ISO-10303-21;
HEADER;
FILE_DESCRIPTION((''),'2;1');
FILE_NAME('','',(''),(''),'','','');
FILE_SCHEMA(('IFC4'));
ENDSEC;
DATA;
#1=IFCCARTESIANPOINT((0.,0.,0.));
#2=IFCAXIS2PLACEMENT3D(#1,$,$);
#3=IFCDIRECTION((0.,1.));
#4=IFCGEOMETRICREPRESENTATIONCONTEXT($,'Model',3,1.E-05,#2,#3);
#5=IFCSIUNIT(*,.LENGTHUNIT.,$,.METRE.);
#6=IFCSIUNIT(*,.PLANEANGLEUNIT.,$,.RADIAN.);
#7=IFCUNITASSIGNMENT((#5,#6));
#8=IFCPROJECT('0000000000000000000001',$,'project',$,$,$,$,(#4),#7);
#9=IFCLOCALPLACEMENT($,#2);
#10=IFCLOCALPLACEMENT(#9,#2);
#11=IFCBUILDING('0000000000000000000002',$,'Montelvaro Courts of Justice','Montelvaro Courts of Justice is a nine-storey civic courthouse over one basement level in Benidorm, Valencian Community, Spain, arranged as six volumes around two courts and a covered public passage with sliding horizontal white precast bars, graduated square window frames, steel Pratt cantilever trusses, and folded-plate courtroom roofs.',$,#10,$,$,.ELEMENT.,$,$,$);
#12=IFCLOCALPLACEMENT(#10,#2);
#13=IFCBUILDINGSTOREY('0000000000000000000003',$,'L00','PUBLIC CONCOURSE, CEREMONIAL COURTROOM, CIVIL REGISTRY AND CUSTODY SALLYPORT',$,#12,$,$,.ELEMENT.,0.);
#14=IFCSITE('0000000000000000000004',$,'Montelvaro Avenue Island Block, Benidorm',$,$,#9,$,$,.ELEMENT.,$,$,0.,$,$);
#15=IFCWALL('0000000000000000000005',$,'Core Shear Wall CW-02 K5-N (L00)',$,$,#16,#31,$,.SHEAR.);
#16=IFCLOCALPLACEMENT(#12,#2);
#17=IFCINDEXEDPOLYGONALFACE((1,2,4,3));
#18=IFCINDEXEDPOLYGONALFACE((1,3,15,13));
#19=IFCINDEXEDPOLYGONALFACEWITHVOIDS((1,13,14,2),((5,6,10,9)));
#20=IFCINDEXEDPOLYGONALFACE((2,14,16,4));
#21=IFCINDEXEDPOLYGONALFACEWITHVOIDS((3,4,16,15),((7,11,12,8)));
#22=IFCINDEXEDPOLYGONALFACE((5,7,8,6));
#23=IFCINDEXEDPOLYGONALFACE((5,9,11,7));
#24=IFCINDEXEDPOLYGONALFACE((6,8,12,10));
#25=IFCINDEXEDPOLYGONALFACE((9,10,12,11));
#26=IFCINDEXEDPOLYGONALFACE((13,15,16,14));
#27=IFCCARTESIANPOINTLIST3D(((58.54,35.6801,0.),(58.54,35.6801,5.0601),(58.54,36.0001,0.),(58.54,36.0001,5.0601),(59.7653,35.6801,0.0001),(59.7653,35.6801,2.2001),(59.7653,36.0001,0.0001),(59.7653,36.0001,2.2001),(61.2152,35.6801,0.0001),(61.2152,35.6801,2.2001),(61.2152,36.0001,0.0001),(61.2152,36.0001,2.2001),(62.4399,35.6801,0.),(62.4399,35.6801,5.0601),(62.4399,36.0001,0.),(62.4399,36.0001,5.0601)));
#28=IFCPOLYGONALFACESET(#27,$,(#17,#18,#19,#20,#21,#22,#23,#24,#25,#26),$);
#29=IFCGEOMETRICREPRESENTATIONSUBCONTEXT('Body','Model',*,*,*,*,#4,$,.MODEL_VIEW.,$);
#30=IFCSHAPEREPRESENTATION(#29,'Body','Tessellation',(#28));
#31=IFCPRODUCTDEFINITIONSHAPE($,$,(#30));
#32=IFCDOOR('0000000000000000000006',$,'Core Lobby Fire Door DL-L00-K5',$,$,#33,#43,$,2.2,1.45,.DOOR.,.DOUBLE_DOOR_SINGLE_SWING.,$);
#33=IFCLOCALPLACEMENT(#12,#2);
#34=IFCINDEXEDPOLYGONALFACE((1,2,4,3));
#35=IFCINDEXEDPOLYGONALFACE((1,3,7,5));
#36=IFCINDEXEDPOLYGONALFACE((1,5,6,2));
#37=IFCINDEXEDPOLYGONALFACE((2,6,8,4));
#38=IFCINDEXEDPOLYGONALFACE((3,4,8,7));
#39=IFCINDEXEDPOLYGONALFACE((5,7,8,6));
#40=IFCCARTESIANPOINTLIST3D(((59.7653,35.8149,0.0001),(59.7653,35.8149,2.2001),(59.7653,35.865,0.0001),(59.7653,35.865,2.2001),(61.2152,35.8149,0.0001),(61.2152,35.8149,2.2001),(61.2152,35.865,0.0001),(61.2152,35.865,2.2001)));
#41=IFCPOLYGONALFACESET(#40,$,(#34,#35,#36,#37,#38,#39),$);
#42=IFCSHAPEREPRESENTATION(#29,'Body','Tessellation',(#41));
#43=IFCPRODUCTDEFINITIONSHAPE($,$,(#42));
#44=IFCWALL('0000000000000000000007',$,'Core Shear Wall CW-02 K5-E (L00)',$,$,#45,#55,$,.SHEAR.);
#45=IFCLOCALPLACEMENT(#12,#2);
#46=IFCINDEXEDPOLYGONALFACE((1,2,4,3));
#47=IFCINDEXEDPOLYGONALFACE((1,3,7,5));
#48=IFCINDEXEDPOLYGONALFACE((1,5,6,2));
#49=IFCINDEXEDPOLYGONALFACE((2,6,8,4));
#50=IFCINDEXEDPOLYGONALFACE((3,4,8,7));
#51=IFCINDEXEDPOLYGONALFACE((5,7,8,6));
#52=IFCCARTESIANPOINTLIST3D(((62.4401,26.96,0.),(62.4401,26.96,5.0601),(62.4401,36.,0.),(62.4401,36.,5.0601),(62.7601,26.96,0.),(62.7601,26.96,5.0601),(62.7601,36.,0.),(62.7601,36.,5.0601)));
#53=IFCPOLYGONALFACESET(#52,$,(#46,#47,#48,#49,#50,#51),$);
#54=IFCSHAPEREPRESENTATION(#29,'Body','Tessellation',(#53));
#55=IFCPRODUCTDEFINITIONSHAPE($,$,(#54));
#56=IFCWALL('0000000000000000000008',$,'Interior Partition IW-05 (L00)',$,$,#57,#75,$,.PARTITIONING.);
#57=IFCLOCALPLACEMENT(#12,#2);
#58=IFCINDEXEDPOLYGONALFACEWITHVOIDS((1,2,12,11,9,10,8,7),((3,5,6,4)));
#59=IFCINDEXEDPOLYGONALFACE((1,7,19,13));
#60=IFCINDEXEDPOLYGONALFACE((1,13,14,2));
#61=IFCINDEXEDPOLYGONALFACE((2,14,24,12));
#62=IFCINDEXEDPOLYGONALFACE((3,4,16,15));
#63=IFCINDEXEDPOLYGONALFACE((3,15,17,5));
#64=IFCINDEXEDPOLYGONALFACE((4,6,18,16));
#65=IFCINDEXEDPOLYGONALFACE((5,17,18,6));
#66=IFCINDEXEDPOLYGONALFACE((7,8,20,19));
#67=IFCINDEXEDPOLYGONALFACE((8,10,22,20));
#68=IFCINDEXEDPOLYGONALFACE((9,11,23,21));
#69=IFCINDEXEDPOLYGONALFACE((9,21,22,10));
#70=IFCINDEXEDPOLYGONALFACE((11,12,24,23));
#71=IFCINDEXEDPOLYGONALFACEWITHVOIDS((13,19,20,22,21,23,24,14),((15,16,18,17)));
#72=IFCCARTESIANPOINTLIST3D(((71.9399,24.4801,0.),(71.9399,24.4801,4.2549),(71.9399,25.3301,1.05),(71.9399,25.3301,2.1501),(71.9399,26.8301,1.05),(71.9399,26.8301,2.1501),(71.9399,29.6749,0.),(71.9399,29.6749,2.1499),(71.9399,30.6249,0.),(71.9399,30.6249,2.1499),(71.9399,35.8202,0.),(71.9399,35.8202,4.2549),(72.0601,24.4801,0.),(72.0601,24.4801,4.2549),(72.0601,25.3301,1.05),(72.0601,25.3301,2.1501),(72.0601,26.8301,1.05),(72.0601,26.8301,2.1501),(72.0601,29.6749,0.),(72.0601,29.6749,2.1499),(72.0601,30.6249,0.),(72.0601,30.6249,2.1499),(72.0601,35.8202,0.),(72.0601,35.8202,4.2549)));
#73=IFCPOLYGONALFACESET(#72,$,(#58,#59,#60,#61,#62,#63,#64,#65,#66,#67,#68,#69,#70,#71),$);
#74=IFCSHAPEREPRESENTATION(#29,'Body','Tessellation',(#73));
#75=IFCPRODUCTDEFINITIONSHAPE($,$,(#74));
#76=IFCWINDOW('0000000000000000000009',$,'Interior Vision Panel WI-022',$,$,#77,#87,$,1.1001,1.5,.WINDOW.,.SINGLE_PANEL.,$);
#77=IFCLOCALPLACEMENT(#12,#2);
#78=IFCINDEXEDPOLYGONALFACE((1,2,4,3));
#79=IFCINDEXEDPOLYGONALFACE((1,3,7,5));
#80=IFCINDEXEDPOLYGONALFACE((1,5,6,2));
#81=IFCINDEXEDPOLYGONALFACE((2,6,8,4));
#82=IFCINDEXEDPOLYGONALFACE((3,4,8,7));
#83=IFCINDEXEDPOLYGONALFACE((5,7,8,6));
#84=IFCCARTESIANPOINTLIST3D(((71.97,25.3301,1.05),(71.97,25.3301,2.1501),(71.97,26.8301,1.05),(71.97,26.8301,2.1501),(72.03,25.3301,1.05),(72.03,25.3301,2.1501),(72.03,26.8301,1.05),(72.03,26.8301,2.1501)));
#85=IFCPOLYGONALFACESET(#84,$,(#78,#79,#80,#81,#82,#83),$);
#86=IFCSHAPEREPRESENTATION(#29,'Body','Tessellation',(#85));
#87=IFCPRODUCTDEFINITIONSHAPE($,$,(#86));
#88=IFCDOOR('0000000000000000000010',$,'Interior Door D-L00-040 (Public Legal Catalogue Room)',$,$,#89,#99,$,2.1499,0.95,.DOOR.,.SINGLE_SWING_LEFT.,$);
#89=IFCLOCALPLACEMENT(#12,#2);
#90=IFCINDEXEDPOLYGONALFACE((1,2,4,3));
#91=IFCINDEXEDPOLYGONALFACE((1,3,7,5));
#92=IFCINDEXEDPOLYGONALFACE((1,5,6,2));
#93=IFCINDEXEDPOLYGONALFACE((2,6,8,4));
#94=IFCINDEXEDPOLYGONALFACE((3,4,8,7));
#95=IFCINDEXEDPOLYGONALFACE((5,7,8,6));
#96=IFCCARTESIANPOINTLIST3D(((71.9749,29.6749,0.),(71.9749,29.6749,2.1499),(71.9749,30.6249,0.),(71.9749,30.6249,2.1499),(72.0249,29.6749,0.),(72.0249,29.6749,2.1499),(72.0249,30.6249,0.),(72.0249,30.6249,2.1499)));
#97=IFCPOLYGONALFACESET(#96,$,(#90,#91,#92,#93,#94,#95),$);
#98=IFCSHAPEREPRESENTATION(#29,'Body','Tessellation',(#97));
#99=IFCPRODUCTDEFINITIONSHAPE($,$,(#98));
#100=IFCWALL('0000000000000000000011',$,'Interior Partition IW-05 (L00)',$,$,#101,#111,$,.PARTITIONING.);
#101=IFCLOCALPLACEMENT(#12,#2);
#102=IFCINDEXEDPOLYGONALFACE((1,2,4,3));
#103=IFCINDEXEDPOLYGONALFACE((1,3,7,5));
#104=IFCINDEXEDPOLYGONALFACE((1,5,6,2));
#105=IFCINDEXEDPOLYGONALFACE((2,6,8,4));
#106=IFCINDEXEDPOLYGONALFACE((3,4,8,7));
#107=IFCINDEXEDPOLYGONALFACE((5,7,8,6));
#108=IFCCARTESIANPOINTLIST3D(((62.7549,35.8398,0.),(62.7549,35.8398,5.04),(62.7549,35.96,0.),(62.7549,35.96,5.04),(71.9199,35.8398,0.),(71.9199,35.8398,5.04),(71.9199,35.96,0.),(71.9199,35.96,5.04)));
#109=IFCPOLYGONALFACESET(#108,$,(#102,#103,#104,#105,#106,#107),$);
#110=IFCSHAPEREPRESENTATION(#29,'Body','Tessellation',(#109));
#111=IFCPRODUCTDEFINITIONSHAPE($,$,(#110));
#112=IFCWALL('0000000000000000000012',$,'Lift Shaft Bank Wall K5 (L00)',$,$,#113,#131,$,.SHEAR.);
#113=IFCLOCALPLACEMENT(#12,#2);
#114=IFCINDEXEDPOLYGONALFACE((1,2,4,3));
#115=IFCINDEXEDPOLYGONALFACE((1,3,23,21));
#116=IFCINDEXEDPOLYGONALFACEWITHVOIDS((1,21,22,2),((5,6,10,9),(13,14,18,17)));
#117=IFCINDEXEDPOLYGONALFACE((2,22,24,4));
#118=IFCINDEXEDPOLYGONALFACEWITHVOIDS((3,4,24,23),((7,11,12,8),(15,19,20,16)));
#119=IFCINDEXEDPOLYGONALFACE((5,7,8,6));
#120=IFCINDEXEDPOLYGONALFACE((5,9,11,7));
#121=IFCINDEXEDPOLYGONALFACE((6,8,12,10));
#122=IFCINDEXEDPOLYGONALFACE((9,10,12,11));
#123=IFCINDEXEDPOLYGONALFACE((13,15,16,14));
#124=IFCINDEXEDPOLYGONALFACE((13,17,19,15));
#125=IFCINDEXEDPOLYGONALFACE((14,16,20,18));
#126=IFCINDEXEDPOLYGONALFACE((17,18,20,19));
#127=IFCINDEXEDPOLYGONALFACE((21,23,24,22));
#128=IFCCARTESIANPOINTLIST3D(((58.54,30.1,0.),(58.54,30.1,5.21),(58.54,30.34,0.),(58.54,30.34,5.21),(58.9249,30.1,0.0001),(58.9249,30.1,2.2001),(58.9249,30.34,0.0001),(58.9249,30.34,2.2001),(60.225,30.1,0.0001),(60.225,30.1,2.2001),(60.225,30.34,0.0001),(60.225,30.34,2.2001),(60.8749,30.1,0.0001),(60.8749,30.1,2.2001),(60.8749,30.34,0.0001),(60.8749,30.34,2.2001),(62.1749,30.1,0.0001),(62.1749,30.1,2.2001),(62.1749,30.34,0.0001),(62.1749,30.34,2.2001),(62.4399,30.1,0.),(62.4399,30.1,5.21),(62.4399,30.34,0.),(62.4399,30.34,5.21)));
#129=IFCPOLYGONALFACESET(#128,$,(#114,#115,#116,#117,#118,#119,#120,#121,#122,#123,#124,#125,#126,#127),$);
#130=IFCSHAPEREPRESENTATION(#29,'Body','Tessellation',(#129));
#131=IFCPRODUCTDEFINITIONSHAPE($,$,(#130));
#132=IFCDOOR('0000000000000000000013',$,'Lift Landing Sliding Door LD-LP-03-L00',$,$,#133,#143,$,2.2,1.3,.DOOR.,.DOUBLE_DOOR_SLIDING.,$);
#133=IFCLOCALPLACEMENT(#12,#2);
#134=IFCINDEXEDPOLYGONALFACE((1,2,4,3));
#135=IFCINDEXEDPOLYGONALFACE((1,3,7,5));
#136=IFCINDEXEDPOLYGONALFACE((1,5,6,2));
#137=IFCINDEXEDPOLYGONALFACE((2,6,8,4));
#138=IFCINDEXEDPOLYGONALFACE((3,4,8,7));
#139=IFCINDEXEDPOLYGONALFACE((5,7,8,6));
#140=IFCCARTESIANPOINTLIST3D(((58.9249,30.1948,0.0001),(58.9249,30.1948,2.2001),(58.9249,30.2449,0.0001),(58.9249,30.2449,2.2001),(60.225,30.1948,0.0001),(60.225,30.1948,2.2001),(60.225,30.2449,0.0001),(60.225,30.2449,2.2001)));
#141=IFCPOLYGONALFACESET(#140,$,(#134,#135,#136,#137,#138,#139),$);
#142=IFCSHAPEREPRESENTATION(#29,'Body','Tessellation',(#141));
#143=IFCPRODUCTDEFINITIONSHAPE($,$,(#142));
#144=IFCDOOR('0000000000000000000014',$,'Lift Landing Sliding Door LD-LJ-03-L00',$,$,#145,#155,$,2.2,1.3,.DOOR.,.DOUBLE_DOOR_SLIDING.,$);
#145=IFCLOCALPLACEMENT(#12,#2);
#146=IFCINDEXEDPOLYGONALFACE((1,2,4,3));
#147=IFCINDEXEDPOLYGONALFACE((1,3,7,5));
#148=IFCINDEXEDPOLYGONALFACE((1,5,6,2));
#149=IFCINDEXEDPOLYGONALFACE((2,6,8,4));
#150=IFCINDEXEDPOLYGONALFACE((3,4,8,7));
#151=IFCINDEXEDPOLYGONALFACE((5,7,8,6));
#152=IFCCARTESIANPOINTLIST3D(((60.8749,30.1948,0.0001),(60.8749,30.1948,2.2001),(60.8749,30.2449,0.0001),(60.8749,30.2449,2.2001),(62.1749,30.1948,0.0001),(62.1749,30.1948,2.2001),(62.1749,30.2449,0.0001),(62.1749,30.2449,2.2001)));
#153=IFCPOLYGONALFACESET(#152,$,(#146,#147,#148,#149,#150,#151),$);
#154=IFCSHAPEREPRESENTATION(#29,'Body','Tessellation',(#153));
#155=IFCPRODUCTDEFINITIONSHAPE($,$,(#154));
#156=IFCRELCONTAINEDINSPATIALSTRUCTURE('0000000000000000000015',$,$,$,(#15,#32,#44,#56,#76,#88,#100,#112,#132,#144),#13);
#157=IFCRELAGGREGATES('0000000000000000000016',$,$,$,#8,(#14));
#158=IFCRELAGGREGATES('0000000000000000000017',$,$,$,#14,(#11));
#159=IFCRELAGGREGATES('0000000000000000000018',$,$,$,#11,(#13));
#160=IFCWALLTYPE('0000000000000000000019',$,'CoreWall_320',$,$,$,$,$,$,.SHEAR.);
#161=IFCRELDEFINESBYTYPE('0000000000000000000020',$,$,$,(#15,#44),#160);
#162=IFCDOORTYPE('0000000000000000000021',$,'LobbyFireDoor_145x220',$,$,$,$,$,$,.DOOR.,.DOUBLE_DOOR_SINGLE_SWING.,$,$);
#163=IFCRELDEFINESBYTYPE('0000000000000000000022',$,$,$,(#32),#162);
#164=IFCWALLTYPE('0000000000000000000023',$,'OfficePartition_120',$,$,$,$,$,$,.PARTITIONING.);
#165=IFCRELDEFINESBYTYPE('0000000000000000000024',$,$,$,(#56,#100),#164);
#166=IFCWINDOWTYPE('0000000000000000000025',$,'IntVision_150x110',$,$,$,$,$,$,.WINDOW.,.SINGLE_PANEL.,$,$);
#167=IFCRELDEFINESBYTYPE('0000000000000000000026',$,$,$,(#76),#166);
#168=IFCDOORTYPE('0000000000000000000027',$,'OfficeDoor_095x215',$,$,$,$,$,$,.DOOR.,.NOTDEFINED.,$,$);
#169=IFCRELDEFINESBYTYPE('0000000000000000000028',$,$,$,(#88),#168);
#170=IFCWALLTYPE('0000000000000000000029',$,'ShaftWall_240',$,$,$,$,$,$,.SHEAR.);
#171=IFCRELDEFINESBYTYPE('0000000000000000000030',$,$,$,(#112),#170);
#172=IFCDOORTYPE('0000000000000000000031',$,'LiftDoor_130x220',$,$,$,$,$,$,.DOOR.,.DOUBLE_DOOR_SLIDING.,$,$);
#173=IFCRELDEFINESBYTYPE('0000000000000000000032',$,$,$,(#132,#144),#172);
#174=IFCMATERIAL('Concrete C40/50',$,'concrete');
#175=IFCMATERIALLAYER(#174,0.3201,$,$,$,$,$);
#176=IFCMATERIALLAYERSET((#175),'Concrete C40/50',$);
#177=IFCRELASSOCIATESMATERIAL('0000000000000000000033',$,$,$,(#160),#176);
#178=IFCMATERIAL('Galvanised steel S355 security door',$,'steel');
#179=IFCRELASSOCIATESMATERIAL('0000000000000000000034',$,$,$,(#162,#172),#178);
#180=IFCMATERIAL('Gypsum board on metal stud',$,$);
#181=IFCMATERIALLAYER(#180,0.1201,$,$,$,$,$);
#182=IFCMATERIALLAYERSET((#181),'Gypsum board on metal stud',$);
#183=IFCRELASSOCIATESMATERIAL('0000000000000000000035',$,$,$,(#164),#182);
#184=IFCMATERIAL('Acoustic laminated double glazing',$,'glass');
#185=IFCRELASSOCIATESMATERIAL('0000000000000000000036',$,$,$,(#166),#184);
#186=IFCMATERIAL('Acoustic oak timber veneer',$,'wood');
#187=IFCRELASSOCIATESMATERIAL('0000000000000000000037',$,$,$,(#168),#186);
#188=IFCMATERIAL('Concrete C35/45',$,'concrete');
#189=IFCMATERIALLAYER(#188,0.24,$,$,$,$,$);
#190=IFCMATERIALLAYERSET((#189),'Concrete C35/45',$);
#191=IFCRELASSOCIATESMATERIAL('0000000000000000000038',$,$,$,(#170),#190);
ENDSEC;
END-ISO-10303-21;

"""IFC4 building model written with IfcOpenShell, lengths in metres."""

from ifc_helpers import new_model, si_unit, direction, frame, frame_2d, origin, place, context, subcontext, project, spatial, rectangle, extrude, material, layer, layer_set, type_object, element, fill, save


model = new_model("IFC4")

# Units and contexts
model_context = context("Model", 3, precision=1e-05, world=origin(), true_north=direction((0.0, 1.0)))
body_context = subcontext(model_context, "Body", "Model", "MODEL_VIEW")
ifc_project = project(units=[si_unit("LENGTHUNIT", "METRE"), si_unit("PLANEANGLEUNIT", "RADIAN")], contexts=[model_context])

# Site, building, storey
site_placement = place(None, origin())
site = spatial("IfcSite", under=ifc_project, at=site_placement, Name="Montelvaro Avenue Island Block, Benidorm", CompositionType="ELEMENT", RefElevation=0.0)
building_placement = place(site_placement, origin())
building = spatial("IfcBuilding", under=site, at=building_placement, Name="Montelvaro Courts of Justice", Description="Montelvaro Courts of Justice is a nine-storey civic courthouse over one basement level in Benidorm, Valencian Community, Spain, arranged as six volumes around two courts and a covered public passage with sliding horizontal white precast bars, graduated square window frames, steel Pratt cantilever trusses, and folded-plate courtroom roofs.", CompositionType="ELEMENT")
storey_placement = place(building_placement, origin())
storey = spatial("IfcBuildingStorey", under=building, at=storey_placement, Name="L00", Description="PUBLIC CONCOURSE, CEREMONIAL COURTROOM, CIVIL REGISTRY AND CUSTODY SALLYPORT", CompositionType="ELEMENT", Elevation=0.0)

# Wall, opening, door
ifc_material_1 = material(Name="Concrete C40/50", Category="concrete")
ifc_layer_1 = layer(ifc_material_1, 0.3201)
ifc_layer_set_1 = layer_set([ifc_layer_1], Name="Concrete C40/50")
wall_type_1 = type_object("IfcWallType", Name="CoreWall_320", PredefinedType="SHEAR", material=ifc_layer_set_1)
wall_1_placement = place(storey_placement, frame((58.54, 35.8401, 0.0), z_axis=(0.0, 0.0, 1.0), x_axis=(1.0, 0.0, 0.0)))
wall_1 = element("IfcWall", 1, at=wall_1_placement, inside=storey, type_object=wall_type_1, Name="Core Shear Wall CW-02 K5-N (L00)", PredefinedType="SHEAR", context=body_context, shape_type="SweptSolid", body=[
    extrude(rectangle(XDim=3.8999, YDim=0.3201, at=frame_2d((1.95, 0.0))), origin(), (0.0, 0.0, 1.0), 5.0601),
])
opening_1_placement = place(wall_1_placement, frame((1.2251, 0.0, 0.0)))
opening_1 = element("IfcOpeningElement", 2, at=opening_1_placement, cuts=wall_1, PredefinedType="OPENING", context=body_context, shape_type="SweptSolid", body=[
    extrude(rectangle(XDim=1.45, YDim=2.2, at=frame_2d((0.7251, 1.1001))), frame((0.0, 0.1748, 0.0), z_axis=(0.0, -1.0, 0.0), x_axis=(1.0, 0.0, 0.0)), (0.0, 0.0, 1.0), 0.3499),
])
ifc_material_2 = material(Name="Galvanised steel S355 security door", Category="steel")
door_type_1 = type_object("IfcDoorType", Name="LobbyFireDoor_145x220", OperationType="DOUBLE_DOOR_SINGLE_SWING", PredefinedType="DOOR", material=ifc_material_2)
door_1_placement = place(opening_1_placement, origin())
door_1 = element("IfcDoor", 3, at=door_1_placement, inside=storey, type_object=door_type_1, Name="Core Lobby Fire Door DL-L00-K5", OperationType="DOUBLE_DOOR_SINGLE_SWING", OverallHeight=2.2, OverallWidth=1.45, PredefinedType="DOOR", context=body_context, shape_type="SweptSolid", body=[
    extrude(rectangle(XDim=1.45, YDim=2.2, at=frame_2d((0.7251, 1.1001))), frame((0.0, 0.0249, 0.0), z_axis=(0.0, -1.0, 0.0), x_axis=(1.0, 0.0, 0.0)), (0.0, 0.0, 1.0), 0.05),
])
fill(opening_1, door_1)

# Wall
wall_2_placement = place(storey_placement, frame((62.6001, 26.96, 0.0), z_axis=(0.0, 0.0, 1.0), x_axis=(0.0, 1.0, 0.0)))
element("IfcWall", 4, at=wall_2_placement, inside=storey, type_object=wall_type_1, Name="Core Shear Wall CW-02 K5-E (L00)", PredefinedType="SHEAR", context=body_context, shape_type="SweptSolid", body=[
    extrude(rectangle(XDim=9.04, YDim=0.3201, at=frame_2d((4.52, 0.0))), origin(), (0.0, 0.0, 1.0), 5.0601),
])

# Wall, openings, window, door
ifc_material_3 = material(Name="Gypsum board on metal stud")
ifc_layer_2 = layer(ifc_material_3, 0.1201)
ifc_layer_set_2 = layer_set([ifc_layer_2], Name="Gypsum board on metal stud")
wall_type_2 = type_object("IfcWallType", Name="OfficePartition_120", PredefinedType="PARTITIONING", material=ifc_layer_set_2)
wall_3_placement = place(storey_placement, frame((72.0, 35.8201, 0.0), z_axis=(0.0, 0.0, 1.0), x_axis=(0.0, -1.0, 0.0)))
wall_3 = element("IfcWall", 5, at=wall_3_placement, inside=storey, type_object=wall_type_2, Name="Interior Partition IW-05 (L00)", PredefinedType="PARTITIONING", context=body_context, shape_type="SweptSolid", body=[
    extrude(rectangle(XDim=11.3401, YDim=0.1201, at=frame_2d((5.6699, 0.0))), origin(), (0.0, 0.0, 1.0), 4.2549),
])
opening_2_placement = place(wall_3_placement, frame((5.1951, 0.0, 0.0)))
opening_2 = element("IfcOpeningElement", 6, at=opening_2_placement, cuts=wall_3, PredefinedType="OPENING", context=body_context, shape_type="SweptSolid", body=[
    extrude(rectangle(XDim=0.95, YDim=2.1499, at=frame_2d((0.4751, 1.075))), frame((0.0, 0.075, 0.0), z_axis=(0.0, -1.0, 0.0), x_axis=(1.0, 0.0, 0.0)), (0.0, 0.0, 1.0), 0.1499),
])
opening_3_placement = place(wall_3_placement, frame((8.99, 0.0, 1.05)))
opening_3 = element("IfcOpeningElement", 7, at=opening_3_placement, cuts=wall_3, PredefinedType="OPENING", context=body_context, shape_type="SweptSolid", body=[
    extrude(rectangle(XDim=1.5, YDim=1.1001, at=frame_2d((0.75, 0.55))), frame((0.0, 0.075, 0.0), z_axis=(0.0, -1.0, 0.0), x_axis=(1.0, 0.0, 0.0)), (0.0, 0.0, 1.0), 0.1499),
])
ifc_material_4 = material(Name="Acoustic laminated double glazing", Category="glass")
window_type = type_object("IfcWindowType", Name="IntVision_150x110", PartitioningType="SINGLE_PANEL", PredefinedType="WINDOW", material=ifc_material_4)
window_placement = place(opening_3_placement, origin())
window = element("IfcWindow", 8, at=window_placement, inside=storey, type_object=window_type, Name="Interior Vision Panel WI-022", OverallHeight=1.1001, OverallWidth=1.5, PartitioningType="SINGLE_PANEL", PredefinedType="WINDOW", context=body_context, shape_type="SweptSolid", body=[
    extrude(rectangle(XDim=1.5, YDim=1.1001, at=frame_2d((0.75, 0.55))), frame((0.0, 0.03, 0.0), z_axis=(0.0, -1.0, 0.0), x_axis=(1.0, 0.0, 0.0)), (0.0, 0.0, 1.0), 0.0601),
])
fill(opening_3, window)
ifc_material_5 = material(Name="Acoustic oak timber veneer", Category="wood")
door_type_2 = type_object("IfcDoorType", Name="OfficeDoor_095x215", OperationType="NOTDEFINED", PredefinedType="DOOR", material=ifc_material_5)
door_2_placement = place(opening_2_placement, origin())
door_2 = element("IfcDoor", 9, at=door_2_placement, inside=storey, type_object=door_type_2, Name="Interior Door D-L00-040 (Public Legal Catalogue Room)", OperationType="SINGLE_SWING_LEFT", OverallHeight=2.1499, OverallWidth=0.95, PredefinedType="DOOR", context=body_context, shape_type="SweptSolid", body=[
    extrude(rectangle(XDim=0.95, YDim=2.1499, at=frame_2d((0.4751, 1.075))), frame((0.0, 0.0249, 0.0), z_axis=(0.0, -1.0, 0.0), x_axis=(1.0, 0.0, 0.0)), (0.0, 0.0, 1.0), 0.05),
])
fill(opening_2, door_2)

# Wall
wall_4_placement = place(storey_placement, frame((62.7549, 35.8999, 0.0), z_axis=(0.0, 0.0, 1.0), x_axis=(1.0, 0.0, 0.0)))
element("IfcWall", 10, at=wall_4_placement, inside=storey, type_object=wall_type_2, Name="Interior Partition IW-05 (L00)", PredefinedType="PARTITIONING", context=body_context, shape_type="SweptSolid", body=[
    extrude(rectangle(XDim=9.165, YDim=0.1201, at=frame_2d((4.5825, 0.0))), origin(), (0.0, 0.0, 1.0), 5.04),
])

# Wall, openings, doors
ifc_material_6 = material(Name="Concrete C35/45", Category="concrete")
ifc_layer_3 = layer(ifc_material_6, 0.24)
ifc_layer_set_3 = layer_set([ifc_layer_3], Name="Concrete C35/45")
wall_type_3 = type_object("IfcWallType", Name="ShaftWall_240", PredefinedType="SHEAR", material=ifc_layer_set_3)
wall_5_placement = place(storey_placement, frame((58.54, 30.22, 0.0), z_axis=(0.0, 0.0, 1.0), x_axis=(1.0, 0.0, 0.0)))
wall_5 = element("IfcWall", 11, at=wall_5_placement, inside=storey, type_object=wall_type_3, Name="Lift Shaft Bank Wall K5 (L00)", PredefinedType="SHEAR", context=body_context, shape_type="SweptSolid", body=[
    extrude(rectangle(XDim=3.8999, YDim=0.24, at=frame_2d((1.95, 0.0))), origin(), (0.0, 0.0, 1.0), 5.21),
])
opening_4_placement = place(wall_5_placement, frame((0.385, 0.0, 0.0)))
opening_4 = element("IfcOpeningElement", 12, at=opening_4_placement, cuts=wall_5, PredefinedType="OPENING", context=body_context, shape_type="SweptSolid", body=[
    extrude(rectangle(XDim=1.3, YDim=2.2, at=frame_2d((0.6499, 1.1001))), frame((0.0, 0.1348, 0.0), z_axis=(0.0, -1.0, 0.0), x_axis=(1.0, 0.0, 0.0)), (0.0, 0.0, 1.0), 0.2698),
])
opening_5_placement = place(wall_5_placement, frame((2.335, 0.0, 0.0)))
opening_5 = element("IfcOpeningElement", 13, at=opening_5_placement, cuts=wall_5, PredefinedType="OPENING", context=body_context, shape_type="SweptSolid", body=[
    extrude(rectangle(XDim=1.3, YDim=2.2, at=frame_2d((0.6499, 1.1001))), frame((0.0, 0.1348, 0.0), z_axis=(0.0, -1.0, 0.0), x_axis=(1.0, 0.0, 0.0)), (0.0, 0.0, 1.0), 0.2698),
])
door_type_3 = type_object("IfcDoorType", Name="LiftDoor_130x220", OperationType="DOUBLE_DOOR_SLIDING", PredefinedType="DOOR", material=ifc_material_2)
door_3_placement = place(opening_4_placement, origin())
door_3 = element("IfcDoor", 14, at=door_3_placement, inside=storey, type_object=door_type_3, Name="Lift Landing Sliding Door LD-LP-03-L00", OperationType="DOUBLE_DOOR_SLIDING", OverallHeight=2.2, OverallWidth=1.3, PredefinedType="DOOR", context=body_context, shape_type="SweptSolid", body=[
    extrude(rectangle(XDim=1.3, YDim=2.2, at=frame_2d((0.6499, 1.1001))), frame((0.0, 0.0249, 0.0), z_axis=(0.0, -1.0, 0.0), x_axis=(1.0, 0.0, 0.0)), (0.0, 0.0, 1.0), 0.05),
])
fill(opening_4, door_3)
door_4_placement = place(opening_5_placement, origin())
door_4 = element("IfcDoor", 15, at=door_4_placement, inside=storey, type_object=door_type_3, Name="Lift Landing Sliding Door LD-LJ-03-L00", OperationType="DOUBLE_DOOR_SLIDING", OverallHeight=2.2, OverallWidth=1.3, PredefinedType="DOOR", context=body_context, shape_type="SweptSolid", body=[
    extrude(rectangle(XDim=1.3, YDim=2.2, at=frame_2d((0.6499, 1.1001))), frame((0.0, 0.0249, 0.0), z_axis=(0.0, -1.0, 0.0), x_axis=(1.0, 0.0, 0.0)), (0.0, 0.0, 1.0), 0.05),
])
fill(opening_5, door_4)

save(model, "model.ifc")
